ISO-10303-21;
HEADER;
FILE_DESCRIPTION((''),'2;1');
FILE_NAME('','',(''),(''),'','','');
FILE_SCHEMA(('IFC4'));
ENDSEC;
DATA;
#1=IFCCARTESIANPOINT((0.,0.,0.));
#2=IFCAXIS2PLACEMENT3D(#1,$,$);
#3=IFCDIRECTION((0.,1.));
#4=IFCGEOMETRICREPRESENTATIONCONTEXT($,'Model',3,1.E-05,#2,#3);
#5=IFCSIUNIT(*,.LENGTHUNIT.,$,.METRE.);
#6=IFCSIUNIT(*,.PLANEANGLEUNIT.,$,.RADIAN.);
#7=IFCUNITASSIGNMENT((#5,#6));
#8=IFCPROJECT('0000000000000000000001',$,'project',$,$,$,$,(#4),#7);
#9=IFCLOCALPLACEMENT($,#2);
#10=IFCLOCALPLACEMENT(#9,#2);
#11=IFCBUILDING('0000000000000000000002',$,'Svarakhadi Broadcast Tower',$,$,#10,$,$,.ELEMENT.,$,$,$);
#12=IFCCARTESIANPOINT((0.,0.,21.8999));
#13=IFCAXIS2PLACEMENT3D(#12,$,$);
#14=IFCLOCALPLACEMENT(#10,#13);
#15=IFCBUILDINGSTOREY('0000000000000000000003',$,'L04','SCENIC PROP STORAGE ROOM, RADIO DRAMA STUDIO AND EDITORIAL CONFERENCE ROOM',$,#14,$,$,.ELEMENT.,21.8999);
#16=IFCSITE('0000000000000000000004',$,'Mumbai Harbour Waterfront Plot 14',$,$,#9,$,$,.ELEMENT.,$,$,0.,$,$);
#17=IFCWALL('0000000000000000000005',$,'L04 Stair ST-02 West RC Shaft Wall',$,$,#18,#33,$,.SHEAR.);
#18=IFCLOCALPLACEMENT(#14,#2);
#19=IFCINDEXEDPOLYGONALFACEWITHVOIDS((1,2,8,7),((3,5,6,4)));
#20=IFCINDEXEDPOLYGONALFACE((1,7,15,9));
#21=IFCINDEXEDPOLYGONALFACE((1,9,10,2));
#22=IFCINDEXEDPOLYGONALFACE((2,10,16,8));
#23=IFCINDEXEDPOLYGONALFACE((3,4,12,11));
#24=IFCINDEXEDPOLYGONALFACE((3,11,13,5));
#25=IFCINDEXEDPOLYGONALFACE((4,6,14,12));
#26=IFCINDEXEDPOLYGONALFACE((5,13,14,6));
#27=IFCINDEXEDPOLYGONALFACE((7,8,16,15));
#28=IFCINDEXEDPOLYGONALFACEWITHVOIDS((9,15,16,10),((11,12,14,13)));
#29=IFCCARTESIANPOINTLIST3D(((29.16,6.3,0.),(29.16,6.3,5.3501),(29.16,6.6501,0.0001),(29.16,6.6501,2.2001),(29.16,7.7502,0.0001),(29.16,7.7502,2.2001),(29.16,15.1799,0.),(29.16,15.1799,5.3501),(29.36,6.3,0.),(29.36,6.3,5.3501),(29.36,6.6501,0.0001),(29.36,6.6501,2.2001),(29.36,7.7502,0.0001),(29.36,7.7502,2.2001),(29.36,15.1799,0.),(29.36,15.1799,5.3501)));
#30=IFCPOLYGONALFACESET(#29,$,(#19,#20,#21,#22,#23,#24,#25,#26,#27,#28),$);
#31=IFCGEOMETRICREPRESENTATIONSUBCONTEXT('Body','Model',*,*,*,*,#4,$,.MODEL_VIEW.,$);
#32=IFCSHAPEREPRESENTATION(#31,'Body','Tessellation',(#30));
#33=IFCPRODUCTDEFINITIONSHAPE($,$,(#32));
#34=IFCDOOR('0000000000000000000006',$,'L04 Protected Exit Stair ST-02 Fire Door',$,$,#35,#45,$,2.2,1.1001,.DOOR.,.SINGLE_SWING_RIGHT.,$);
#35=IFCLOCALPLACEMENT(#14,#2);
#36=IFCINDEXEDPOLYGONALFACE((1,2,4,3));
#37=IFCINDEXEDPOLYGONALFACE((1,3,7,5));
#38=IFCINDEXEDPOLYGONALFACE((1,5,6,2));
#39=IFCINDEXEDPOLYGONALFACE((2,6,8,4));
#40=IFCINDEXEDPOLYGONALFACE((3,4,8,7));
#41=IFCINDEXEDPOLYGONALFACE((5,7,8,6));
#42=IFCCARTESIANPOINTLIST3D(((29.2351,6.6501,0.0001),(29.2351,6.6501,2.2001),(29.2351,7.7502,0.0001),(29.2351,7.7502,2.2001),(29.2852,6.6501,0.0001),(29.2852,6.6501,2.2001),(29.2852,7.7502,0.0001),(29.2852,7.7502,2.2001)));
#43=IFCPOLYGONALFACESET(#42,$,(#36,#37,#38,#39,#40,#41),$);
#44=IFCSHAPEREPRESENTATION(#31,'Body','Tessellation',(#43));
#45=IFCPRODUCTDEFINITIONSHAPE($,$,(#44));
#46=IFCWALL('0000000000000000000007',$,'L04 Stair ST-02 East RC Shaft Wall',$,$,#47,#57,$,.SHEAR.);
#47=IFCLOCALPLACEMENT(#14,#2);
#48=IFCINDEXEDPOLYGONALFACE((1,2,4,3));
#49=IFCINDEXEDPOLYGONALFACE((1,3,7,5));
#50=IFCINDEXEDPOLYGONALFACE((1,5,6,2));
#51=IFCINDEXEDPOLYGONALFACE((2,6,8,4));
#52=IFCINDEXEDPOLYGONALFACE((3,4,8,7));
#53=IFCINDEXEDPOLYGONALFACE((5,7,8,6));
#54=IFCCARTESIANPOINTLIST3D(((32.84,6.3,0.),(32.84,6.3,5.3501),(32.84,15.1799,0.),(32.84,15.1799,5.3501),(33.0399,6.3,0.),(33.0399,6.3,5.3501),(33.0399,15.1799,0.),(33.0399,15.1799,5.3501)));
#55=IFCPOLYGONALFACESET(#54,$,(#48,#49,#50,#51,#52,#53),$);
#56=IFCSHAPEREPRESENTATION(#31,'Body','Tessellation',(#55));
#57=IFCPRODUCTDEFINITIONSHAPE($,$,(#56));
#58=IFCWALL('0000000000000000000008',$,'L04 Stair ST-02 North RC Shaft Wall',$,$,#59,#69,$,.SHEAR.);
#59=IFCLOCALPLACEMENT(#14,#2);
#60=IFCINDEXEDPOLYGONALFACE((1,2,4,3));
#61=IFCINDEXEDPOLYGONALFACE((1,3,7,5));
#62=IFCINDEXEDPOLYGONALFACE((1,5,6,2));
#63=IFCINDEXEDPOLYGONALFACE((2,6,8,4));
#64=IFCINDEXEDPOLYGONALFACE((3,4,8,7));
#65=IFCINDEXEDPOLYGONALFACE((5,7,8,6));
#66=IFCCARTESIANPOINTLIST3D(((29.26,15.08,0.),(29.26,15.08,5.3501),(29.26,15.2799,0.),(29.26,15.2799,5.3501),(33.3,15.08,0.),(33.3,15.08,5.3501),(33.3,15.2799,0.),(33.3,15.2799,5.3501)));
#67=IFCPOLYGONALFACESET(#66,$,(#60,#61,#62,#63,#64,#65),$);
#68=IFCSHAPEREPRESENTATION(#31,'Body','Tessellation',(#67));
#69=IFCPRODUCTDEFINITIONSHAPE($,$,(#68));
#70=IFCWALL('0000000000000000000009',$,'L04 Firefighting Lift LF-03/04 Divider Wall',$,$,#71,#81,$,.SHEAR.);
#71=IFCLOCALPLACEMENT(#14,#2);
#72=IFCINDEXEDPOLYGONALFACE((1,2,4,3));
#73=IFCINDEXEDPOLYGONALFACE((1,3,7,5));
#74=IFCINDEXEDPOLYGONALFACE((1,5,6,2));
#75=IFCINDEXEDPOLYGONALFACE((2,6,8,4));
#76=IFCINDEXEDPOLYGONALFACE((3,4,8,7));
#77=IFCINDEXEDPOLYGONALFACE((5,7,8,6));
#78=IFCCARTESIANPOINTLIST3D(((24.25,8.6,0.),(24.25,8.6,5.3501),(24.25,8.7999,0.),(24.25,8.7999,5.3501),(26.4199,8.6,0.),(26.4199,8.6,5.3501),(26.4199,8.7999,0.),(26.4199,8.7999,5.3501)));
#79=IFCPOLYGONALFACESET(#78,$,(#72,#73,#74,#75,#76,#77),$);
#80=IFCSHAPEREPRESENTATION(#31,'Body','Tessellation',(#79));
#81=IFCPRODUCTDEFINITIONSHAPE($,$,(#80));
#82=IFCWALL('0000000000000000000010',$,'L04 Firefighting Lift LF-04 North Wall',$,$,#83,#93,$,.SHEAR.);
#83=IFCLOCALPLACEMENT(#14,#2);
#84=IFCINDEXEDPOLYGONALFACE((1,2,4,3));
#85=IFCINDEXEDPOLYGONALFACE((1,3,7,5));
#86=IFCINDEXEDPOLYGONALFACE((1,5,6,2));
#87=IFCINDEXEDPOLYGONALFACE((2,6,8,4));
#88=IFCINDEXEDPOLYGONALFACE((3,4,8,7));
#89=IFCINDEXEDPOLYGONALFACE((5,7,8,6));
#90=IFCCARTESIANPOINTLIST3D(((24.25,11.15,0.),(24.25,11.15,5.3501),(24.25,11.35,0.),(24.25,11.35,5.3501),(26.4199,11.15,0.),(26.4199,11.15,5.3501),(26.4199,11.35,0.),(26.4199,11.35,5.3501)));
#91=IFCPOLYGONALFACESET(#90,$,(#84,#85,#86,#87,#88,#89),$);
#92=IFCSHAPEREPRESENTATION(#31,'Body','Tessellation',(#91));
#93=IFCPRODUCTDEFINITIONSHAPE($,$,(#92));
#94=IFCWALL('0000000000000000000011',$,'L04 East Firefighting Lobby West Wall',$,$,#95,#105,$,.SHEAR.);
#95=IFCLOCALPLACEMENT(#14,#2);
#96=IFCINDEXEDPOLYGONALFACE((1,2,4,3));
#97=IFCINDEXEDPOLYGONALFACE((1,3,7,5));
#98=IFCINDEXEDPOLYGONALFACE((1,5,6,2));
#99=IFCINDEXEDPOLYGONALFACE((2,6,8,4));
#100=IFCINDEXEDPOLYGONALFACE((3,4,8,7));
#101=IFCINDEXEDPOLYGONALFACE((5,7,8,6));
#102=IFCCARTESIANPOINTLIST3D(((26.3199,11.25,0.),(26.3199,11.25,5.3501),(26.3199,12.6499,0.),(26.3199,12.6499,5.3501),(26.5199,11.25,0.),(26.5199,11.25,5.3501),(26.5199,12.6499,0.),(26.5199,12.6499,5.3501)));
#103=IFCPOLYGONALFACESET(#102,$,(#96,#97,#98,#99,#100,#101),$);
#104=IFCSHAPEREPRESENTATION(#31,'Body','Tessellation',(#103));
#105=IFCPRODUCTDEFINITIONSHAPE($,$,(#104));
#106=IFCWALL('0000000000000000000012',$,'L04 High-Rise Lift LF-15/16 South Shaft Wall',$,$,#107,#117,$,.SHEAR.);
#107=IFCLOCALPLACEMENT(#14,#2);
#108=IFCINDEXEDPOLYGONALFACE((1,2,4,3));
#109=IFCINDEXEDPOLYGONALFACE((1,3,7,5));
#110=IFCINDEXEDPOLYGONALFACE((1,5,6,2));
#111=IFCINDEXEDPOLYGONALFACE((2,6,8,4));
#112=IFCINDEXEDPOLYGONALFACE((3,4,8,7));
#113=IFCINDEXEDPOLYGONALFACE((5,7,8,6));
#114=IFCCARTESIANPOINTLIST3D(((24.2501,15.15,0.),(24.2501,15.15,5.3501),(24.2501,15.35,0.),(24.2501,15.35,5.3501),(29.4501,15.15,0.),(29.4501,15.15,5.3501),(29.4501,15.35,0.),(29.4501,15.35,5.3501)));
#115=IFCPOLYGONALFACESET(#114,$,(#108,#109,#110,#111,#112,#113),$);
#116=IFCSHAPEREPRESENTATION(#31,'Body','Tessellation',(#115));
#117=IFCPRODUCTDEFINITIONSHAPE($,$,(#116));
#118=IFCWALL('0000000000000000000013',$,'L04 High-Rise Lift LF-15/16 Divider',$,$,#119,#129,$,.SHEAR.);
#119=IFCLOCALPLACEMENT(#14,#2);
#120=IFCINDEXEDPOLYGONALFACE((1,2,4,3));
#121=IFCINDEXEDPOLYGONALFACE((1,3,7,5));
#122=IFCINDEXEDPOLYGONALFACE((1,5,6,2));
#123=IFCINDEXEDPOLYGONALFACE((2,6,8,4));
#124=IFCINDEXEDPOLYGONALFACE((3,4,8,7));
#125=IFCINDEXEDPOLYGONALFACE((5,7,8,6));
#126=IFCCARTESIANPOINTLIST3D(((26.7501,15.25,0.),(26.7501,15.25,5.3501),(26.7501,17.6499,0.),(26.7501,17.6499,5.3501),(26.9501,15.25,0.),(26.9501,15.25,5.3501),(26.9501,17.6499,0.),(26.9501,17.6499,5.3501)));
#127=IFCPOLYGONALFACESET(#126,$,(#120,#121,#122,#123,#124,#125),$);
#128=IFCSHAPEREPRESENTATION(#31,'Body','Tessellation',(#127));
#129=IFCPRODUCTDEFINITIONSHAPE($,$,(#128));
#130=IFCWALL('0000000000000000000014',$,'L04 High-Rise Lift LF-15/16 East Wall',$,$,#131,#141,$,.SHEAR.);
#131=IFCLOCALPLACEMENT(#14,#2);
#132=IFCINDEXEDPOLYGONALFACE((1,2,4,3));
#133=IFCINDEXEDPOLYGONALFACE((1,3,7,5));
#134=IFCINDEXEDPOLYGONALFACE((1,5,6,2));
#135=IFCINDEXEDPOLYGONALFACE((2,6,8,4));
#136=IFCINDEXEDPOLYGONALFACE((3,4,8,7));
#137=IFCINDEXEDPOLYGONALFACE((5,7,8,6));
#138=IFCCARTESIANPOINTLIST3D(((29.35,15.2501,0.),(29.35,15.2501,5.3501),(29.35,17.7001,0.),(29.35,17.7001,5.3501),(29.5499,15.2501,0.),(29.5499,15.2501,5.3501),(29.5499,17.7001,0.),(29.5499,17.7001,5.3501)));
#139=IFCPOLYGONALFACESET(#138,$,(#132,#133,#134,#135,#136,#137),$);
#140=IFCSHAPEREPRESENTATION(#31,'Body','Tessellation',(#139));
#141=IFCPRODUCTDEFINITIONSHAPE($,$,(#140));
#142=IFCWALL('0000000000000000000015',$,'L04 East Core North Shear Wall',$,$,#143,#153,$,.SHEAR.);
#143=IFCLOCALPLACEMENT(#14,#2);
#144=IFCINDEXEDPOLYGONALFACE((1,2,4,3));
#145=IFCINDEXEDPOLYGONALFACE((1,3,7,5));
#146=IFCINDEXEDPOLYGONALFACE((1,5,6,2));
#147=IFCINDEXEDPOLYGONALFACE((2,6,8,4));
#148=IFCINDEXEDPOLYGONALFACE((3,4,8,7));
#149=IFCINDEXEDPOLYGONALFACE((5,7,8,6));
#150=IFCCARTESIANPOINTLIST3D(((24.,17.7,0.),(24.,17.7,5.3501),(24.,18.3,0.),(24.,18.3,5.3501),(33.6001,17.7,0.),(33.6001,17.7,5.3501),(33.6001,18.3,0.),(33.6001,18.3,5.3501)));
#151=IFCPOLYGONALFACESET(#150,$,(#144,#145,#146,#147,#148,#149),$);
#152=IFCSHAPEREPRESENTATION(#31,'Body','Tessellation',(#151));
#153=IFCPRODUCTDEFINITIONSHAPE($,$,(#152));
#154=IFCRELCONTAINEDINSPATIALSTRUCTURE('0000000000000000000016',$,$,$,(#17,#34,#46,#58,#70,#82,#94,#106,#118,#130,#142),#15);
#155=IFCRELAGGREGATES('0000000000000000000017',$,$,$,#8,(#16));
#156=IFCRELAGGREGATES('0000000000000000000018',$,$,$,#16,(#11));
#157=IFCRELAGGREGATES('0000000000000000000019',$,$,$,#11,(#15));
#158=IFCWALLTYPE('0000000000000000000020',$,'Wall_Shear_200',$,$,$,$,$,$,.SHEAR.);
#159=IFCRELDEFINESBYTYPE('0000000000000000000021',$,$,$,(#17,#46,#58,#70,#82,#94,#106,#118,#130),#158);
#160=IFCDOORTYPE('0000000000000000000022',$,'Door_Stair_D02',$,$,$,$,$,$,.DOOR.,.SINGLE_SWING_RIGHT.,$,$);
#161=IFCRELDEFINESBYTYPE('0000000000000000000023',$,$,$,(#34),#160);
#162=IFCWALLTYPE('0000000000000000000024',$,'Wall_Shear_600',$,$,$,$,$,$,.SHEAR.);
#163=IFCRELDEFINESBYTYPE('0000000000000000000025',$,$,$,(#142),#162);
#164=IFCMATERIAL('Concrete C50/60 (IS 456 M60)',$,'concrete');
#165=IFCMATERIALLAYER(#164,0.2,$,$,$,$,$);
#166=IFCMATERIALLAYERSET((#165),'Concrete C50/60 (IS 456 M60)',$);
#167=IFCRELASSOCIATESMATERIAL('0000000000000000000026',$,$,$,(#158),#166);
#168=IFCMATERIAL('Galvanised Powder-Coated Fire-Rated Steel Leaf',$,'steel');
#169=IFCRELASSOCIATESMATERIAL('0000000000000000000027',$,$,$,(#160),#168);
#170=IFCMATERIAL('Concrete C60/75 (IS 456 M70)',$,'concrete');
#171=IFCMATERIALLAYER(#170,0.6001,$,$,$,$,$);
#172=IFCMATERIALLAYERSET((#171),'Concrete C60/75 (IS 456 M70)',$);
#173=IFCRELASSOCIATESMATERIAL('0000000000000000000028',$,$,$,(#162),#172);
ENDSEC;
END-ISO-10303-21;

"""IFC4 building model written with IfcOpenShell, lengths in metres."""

from ifc_helpers import new_model, si_unit, direction, frame, frame_2d, origin, place, context, subcontext, project, spatial, rectangle, extrude, material, layer, layer_set, type_object, element, fill, save


model = new_model("IFC4")

# Units and contexts
model_context = context("Model", 3, precision=1e-05, world=origin(), true_north=direction((0.0, 1.0)))
body_context = subcontext(model_context, "Body", "Model", "MODEL_VIEW")
ifc_project = project(units=[si_unit("LENGTHUNIT", "METRE"), si_unit("PLANEANGLEUNIT", "RADIAN")], contexts=[model_context])

# Site, building, storey
site_placement = place(None, origin())
site = spatial("IfcSite", under=ifc_project, at=site_placement, Name="Mumbai Harbour Waterfront Plot 14", CompositionType="ELEMENT", RefElevation=0.0)
building_placement = place(site_placement, origin())
building = spatial("IfcBuilding", under=site, at=building_placement, Name="Svarakhadi Broadcast Tower", CompositionType="ELEMENT")
storey_placement = place(building_placement, frame((0.0, 0.0, 21.8999)))
storey = spatial("IfcBuildingStorey", under=building, at=storey_placement, Name="L04", Description="SCENIC PROP STORAGE ROOM, RADIO DRAMA STUDIO AND EDITORIAL CONFERENCE ROOM", CompositionType="ELEMENT", Elevation=21.8999)

# Shared definitions
ifc_material_1 = material(Name="Concrete C60/75 (IS 456 M70)", Category="concrete")

# Shared definitions
ifc_material_2 = material(Name="Concrete C50/60 (IS 456 M60)", Category="concrete")

# Wall, opening, door
ifc_layer_1 = layer(ifc_material_2, 0.2)
ifc_layer_set_1 = layer_set([ifc_layer_1], Name="Concrete C50/60 (IS 456 M60)")
wall_type_1 = type_object("IfcWallType", Name="Wall_Shear_200", PredefinedType="SHEAR", material=ifc_layer_set_1)
wall_1_placement = place(storey_placement, frame((29.26, 6.3, 0.0), z_axis=(0.0, 0.0, 1.0), x_axis=(0.0, 1.0, 0.0)))
wall_1 = element("IfcWall", 1, at=wall_1_placement, inside=storey, type_object=wall_type_1, Name="L04 Stair ST-02 West RC Shaft Wall", PredefinedType="SHEAR", context=body_context, shape_type="SweptSolid", body=[
    extrude(rectangle(XDim=8.8799, YDim=0.2, at=frame_2d((4.4399, 0.0))), origin(), (0.0, 0.0, 1.0), 5.3501),
])
opening_1_placement = place(wall_1_placement, frame((0.3501, 0.0, 0.0)))
opening_1 = element("IfcOpeningElement", 2, at=opening_1_placement, cuts=wall_1, PredefinedType="OPENING", context=body_context, shape_type="SweptSolid", body=[
    extrude(rectangle(XDim=1.1001, YDim=2.2, at=frame_2d((0.55, 1.1001))), frame((0.0, 0.1099, 0.0), z_axis=(0.0, -1.0, 0.0), x_axis=(1.0, 0.0, 0.0)), (0.0, 0.0, 1.0), 0.22),
])
ifc_material_3 = material(Name="Galvanised Powder-Coated Fire-Rated Steel Leaf", Category="steel")
door_type_1 = type_object("IfcDoorType", Name="Door_Stair_D02", OperationType="SINGLE_SWING_RIGHT", PredefinedType="DOOR", material=ifc_material_3)
door_1_placement = place(opening_1_placement, origin())
door_1 = element("IfcDoor", 3, at=door_1_placement, inside=storey, type_object=door_type_1, Name="L04 Protected Exit Stair ST-02 Fire Door", OperationType="SINGLE_SWING_RIGHT", OverallHeight=2.2, OverallWidth=1.1001, PredefinedType="DOOR", context=body_context, shape_type="SweptSolid", body=[
    extrude(rectangle(XDim=1.1001, YDim=2.2, at=frame_2d((0.55, 1.1001))), frame((0.0, 0.0249, 0.0), z_axis=(0.0, -1.0, 0.0), x_axis=(1.0, 0.0, 0.0)), (0.0, 0.0, 1.0), 0.05),
])
fill(opening_1, door_1)

# Walls
wall_2_placement = place(storey_placement, frame((32.9399, 6.3, 0.0), z_axis=(0.0, 0.0, 1.0), x_axis=(0.0, 1.0, 0.0)))
element("IfcWall", 4, at=wall_2_placement, inside=storey, type_object=wall_type_1, Name="L04 Stair ST-02 East RC Shaft Wall", PredefinedType="SHEAR", context=body_context, shape_type="SweptSolid", body=[
    extrude(rectangle(XDim=8.8799, YDim=0.2, at=frame_2d((4.4399, 0.0))), origin(), (0.0, 0.0, 1.0), 5.3501),
])
wall_3_placement = place(storey_placement, frame((29.26, 15.1799, 0.0), z_axis=(0.0, 0.0, 1.0), x_axis=(1.0, 0.0, 0.0)))
element("IfcWall", 5, at=wall_3_placement, inside=storey, type_object=wall_type_1, Name="L04 Stair ST-02 North RC Shaft Wall", PredefinedType="SHEAR", context=body_context, shape_type="SweptSolid", body=[
    extrude(rectangle(XDim=4.04, YDim=0.2, at=frame_2d((2.02, 0.0))), origin(), (0.0, 0.0, 1.0), 5.3501),
])
for number, where, z_axis, x_axis, name in (
    (6, (24.25, 8.7, 0.0), (0.0, 0.0, 1.0), (1.0, 0.0, 0.0), "L04 Firefighting Lift LF-03/04 Divider Wall"),
    (7, (24.25, 11.25, 0.0), (0.0, 0.0, 1.0), (1.0, 0.0, 0.0), "L04 Firefighting Lift LF-04 North Wall"),
):
    element("IfcWall", number, at=place(storey_placement, frame(where, z_axis=z_axis, x_axis=x_axis)), inside=storey, type_object=wall_type_1, Name=name, PredefinedType="SHEAR", context=body_context, shape_type="SweptSolid", body=[
        extrude(rectangle(XDim=2.1699, YDim=0.2, at=frame_2d((1.085, 0.0))), origin(), (0.0, 0.0, 1.0), 5.3501),
    ])
wall_4_placement = place(storey_placement, frame((26.4199, 11.25, 0.0), z_axis=(0.0, 0.0, 1.0), x_axis=(0.0, 1.0, 0.0)))
element("IfcWall", 8, at=wall_4_placement, inside=storey, type_object=wall_type_1, Name="L04 East Firefighting Lobby West Wall", PredefinedType="SHEAR", context=body_context, shape_type="SweptSolid", body=[
    extrude(rectangle(XDim=1.3999, YDim=0.2, at=frame_2d((0.7, 0.0))), origin(), (0.0, 0.0, 1.0), 5.3501),
])

# Walls
wall_5_placement = place(storey_placement, frame((24.25, 15.25, 0.0), z_axis=(0.0, 0.0, 1.0), x_axis=(1.0, 0.0, 0.0)))
element("IfcWall", 9, at=wall_5_placement, inside=storey, type_object=wall_type_1, Name="L04 High-Rise Lift LF-15/16 South Shaft Wall", PredefinedType="SHEAR", context=body_context, shape_type="SweptSolid", body=[
    extrude(rectangle(XDim=5.2, YDim=0.2, at=frame_2d((2.6001, 0.0))), origin(), (0.0, 0.0, 1.0), 5.3501),
])
wall_6_placement = place(storey_placement, frame((26.8501, 15.25, 0.0), z_axis=(0.0, 0.0, 1.0), x_axis=(0.0, 1.0, 0.0)))
element("IfcWall", 10, at=wall_6_placement, inside=storey, type_object=wall_type_1, Name="L04 High-Rise Lift LF-15/16 Divider", PredefinedType="SHEAR", context=body_context, shape_type="SweptSolid", body=[
    extrude(rectangle(XDim=2.3999, YDim=0.2, at=frame_2d((1.2, 0.0))), origin(), (0.0, 0.0, 1.0), 5.3501),
])
wall_7_placement = place(storey_placement, frame((29.45, 15.25, 0.0), z_axis=(0.0, 0.0, 1.0), x_axis=(0.0, 1.0, 0.0)))
element("IfcWall", 11, at=wall_7_placement, inside=storey, type_object=wall_type_1, Name="L04 High-Rise Lift LF-15/16 East Wall", PredefinedType="SHEAR", context=body_context, shape_type="SweptSolid", body=[
    extrude(rectangle(XDim=2.45, YDim=0.2, at=frame_2d((1.2251, 0.0))), origin(), (0.0, 0.0, 1.0), 5.3501),
])
ifc_layer_2 = layer(ifc_material_1, 0.6001)
ifc_layer_set_2 = layer_set([ifc_layer_2], Name="Concrete C60/75 (IS 456 M70)")
wall_type_2 = type_object("IfcWallType", Name="Wall_Shear_600", PredefinedType="SHEAR", material=ifc_layer_set_2)
wall_8_placement = place(storey_placement, frame((24.0, 18.0, 0.0), z_axis=(0.0, 0.0, 1.0), x_axis=(1.0, 0.0, 0.0)))
element("IfcWall", 12, at=wall_8_placement, inside=storey, type_object=wall_type_2, Name="L04 East Core North Shear Wall", PredefinedType="SHEAR", context=body_context, shape_type="SweptSolid", body=[
    extrude(rectangle(XDim=9.6001, YDim=0.6001, at=frame_2d((4.8, 0.0))), origin(), (0.0, 0.0, 1.0), 5.3501),
])

save(model, "model.ifc")
